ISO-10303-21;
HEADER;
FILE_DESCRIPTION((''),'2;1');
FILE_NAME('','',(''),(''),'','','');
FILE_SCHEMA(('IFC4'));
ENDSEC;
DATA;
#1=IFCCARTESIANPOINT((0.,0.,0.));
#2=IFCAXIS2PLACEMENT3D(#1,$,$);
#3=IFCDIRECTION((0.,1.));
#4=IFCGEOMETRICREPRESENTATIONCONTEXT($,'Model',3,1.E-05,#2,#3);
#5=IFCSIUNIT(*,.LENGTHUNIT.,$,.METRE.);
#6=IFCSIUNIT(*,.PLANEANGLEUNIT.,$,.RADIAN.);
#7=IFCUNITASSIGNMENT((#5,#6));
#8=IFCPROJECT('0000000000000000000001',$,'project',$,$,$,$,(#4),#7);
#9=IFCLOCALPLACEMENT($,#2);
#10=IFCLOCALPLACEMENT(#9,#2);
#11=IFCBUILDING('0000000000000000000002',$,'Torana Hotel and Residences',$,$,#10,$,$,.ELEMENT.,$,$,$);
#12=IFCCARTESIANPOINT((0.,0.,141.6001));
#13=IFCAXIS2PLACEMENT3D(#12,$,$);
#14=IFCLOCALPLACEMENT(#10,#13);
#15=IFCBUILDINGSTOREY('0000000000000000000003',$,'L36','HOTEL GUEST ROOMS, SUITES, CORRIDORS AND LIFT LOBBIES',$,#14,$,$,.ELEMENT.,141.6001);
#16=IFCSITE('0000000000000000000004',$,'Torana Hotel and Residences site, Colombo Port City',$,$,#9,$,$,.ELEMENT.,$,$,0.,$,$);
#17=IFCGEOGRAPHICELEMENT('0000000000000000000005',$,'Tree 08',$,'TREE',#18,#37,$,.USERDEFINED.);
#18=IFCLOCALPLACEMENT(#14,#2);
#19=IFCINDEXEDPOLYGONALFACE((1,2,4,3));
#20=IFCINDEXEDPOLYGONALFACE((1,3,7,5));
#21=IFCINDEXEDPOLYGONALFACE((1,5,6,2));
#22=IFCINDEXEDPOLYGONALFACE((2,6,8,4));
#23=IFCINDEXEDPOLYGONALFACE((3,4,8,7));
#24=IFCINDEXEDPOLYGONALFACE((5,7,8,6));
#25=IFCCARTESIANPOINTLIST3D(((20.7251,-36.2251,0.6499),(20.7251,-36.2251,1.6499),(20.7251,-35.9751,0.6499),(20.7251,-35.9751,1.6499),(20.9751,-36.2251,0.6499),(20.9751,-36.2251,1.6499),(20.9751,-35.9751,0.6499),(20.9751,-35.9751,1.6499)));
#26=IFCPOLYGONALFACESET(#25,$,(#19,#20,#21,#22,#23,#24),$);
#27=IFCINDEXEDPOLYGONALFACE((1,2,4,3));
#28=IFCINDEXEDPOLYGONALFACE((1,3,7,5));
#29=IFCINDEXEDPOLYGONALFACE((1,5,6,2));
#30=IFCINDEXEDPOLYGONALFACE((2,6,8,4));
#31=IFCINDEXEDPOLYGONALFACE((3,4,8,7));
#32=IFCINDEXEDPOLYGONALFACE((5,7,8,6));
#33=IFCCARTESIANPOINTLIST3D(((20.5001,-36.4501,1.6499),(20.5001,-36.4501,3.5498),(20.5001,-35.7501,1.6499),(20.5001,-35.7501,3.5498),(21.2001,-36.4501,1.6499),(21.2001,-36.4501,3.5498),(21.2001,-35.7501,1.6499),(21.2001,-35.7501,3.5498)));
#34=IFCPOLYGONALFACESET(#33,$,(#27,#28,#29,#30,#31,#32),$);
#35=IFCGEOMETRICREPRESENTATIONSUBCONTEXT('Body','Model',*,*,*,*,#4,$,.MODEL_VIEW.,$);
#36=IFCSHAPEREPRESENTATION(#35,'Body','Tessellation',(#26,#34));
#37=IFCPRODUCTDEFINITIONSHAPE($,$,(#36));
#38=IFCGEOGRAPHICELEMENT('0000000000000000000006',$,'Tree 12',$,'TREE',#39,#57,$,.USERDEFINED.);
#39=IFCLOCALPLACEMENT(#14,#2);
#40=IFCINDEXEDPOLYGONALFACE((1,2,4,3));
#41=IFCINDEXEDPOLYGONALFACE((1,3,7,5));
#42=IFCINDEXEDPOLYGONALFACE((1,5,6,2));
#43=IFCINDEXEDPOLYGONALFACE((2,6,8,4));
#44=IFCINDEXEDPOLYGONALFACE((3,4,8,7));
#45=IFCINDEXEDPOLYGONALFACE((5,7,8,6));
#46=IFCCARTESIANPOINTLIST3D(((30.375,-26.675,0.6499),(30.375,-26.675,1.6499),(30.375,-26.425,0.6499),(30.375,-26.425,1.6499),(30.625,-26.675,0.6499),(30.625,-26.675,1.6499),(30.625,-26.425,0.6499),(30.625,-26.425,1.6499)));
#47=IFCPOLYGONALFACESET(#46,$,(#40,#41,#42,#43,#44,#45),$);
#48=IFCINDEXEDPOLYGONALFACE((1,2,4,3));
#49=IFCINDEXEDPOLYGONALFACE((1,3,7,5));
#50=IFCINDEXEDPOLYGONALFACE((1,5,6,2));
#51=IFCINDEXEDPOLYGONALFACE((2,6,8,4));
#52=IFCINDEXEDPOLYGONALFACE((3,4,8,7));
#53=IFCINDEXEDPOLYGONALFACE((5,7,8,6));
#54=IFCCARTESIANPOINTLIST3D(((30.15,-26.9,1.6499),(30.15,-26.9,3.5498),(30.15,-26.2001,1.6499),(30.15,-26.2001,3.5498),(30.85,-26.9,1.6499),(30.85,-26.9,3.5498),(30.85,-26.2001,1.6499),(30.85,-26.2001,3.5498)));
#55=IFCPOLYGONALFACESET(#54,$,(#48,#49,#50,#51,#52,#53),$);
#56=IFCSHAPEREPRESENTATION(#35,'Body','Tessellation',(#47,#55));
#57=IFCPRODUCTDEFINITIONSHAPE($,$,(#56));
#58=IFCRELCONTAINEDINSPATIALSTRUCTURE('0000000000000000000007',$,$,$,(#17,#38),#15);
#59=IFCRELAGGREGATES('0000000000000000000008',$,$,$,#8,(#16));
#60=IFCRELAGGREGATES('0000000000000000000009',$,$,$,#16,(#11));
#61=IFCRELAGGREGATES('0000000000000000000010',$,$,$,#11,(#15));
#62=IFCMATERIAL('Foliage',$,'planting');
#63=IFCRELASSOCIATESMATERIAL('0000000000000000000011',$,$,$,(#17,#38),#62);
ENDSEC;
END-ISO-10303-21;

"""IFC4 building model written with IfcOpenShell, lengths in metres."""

from ifc_helpers import new_model, si_unit, direction, frame, origin, origin_2d, place, context, subcontext, project, spatial, rectangle, extrude, material, element, save


model = new_model("IFC4")

# Units and contexts
model_context = context("Model", 3, precision=1e-05, world=origin(), true_north=direction((0.0, 1.0)))
body_context = subcontext(model_context, "Body", "Model", "MODEL_VIEW")
ifc_project = project(units=[si_unit("LENGTHUNIT", "METRE"), si_unit("PLANEANGLEUNIT", "RADIAN")], contexts=[model_context])

# Site, building, storey
site_placement = place(None, origin())
site = spatial("IfcSite", under=ifc_project, at=site_placement, Name="Torana Hotel and Residences site, Colombo Port City", CompositionType="ELEMENT", RefElevation=0.0)
building_placement = place(site_placement, origin())
building = spatial("IfcBuilding", under=site, at=building_placement, Name="Torana Hotel and Residences", CompositionType="ELEMENT")
storey_placement = place(building_placement, frame((0.0, 0.0, 141.6001)))
storey = spatial("IfcBuildingStorey", under=building, at=storey_placement, Name="L36", Description="HOTEL GUEST ROOMS, SUITES, CORRIDORS AND LIFT LOBBIES", CompositionType="ELEMENT", Elevation=141.6001)

# Geographic elements
ifc_material_1 = material(Name="Foliage", Category="planting")
for number, where, z_axis, x_axis, name in (
    (1, (20.8501, -36.1001, 0.6499), (0.0, 0.0, 1.0), (1.0, 0.0, 0.0), "Tree 08"),
    (2, (30.5, -26.55, 0.6499), (0.0, 0.0, 1.0), (1.0, 0.0, 0.0), "Tree 12"),
):
    element("IfcGeographicElement", number, at=place(storey_placement, frame(where, z_axis=z_axis, x_axis=x_axis)), inside=storey, material=ifc_material_1, Name=name, ObjectType="TREE", PredefinedType="USERDEFINED", context=body_context, shape_type="SweptSolid", body=[
        extrude(rectangle(XDim=0.25, YDim=0.25, at=origin_2d()), origin(), (0.0, 0.0, 1.0), 1.0),
        extrude(rectangle(XDim=0.7, YDim=0.7, at=origin_2d()), frame((0.0, 0.0, 1.0)), (0.0, 0.0, 1.0), 1.8999),
    ])

save(model, "model.ifc")
